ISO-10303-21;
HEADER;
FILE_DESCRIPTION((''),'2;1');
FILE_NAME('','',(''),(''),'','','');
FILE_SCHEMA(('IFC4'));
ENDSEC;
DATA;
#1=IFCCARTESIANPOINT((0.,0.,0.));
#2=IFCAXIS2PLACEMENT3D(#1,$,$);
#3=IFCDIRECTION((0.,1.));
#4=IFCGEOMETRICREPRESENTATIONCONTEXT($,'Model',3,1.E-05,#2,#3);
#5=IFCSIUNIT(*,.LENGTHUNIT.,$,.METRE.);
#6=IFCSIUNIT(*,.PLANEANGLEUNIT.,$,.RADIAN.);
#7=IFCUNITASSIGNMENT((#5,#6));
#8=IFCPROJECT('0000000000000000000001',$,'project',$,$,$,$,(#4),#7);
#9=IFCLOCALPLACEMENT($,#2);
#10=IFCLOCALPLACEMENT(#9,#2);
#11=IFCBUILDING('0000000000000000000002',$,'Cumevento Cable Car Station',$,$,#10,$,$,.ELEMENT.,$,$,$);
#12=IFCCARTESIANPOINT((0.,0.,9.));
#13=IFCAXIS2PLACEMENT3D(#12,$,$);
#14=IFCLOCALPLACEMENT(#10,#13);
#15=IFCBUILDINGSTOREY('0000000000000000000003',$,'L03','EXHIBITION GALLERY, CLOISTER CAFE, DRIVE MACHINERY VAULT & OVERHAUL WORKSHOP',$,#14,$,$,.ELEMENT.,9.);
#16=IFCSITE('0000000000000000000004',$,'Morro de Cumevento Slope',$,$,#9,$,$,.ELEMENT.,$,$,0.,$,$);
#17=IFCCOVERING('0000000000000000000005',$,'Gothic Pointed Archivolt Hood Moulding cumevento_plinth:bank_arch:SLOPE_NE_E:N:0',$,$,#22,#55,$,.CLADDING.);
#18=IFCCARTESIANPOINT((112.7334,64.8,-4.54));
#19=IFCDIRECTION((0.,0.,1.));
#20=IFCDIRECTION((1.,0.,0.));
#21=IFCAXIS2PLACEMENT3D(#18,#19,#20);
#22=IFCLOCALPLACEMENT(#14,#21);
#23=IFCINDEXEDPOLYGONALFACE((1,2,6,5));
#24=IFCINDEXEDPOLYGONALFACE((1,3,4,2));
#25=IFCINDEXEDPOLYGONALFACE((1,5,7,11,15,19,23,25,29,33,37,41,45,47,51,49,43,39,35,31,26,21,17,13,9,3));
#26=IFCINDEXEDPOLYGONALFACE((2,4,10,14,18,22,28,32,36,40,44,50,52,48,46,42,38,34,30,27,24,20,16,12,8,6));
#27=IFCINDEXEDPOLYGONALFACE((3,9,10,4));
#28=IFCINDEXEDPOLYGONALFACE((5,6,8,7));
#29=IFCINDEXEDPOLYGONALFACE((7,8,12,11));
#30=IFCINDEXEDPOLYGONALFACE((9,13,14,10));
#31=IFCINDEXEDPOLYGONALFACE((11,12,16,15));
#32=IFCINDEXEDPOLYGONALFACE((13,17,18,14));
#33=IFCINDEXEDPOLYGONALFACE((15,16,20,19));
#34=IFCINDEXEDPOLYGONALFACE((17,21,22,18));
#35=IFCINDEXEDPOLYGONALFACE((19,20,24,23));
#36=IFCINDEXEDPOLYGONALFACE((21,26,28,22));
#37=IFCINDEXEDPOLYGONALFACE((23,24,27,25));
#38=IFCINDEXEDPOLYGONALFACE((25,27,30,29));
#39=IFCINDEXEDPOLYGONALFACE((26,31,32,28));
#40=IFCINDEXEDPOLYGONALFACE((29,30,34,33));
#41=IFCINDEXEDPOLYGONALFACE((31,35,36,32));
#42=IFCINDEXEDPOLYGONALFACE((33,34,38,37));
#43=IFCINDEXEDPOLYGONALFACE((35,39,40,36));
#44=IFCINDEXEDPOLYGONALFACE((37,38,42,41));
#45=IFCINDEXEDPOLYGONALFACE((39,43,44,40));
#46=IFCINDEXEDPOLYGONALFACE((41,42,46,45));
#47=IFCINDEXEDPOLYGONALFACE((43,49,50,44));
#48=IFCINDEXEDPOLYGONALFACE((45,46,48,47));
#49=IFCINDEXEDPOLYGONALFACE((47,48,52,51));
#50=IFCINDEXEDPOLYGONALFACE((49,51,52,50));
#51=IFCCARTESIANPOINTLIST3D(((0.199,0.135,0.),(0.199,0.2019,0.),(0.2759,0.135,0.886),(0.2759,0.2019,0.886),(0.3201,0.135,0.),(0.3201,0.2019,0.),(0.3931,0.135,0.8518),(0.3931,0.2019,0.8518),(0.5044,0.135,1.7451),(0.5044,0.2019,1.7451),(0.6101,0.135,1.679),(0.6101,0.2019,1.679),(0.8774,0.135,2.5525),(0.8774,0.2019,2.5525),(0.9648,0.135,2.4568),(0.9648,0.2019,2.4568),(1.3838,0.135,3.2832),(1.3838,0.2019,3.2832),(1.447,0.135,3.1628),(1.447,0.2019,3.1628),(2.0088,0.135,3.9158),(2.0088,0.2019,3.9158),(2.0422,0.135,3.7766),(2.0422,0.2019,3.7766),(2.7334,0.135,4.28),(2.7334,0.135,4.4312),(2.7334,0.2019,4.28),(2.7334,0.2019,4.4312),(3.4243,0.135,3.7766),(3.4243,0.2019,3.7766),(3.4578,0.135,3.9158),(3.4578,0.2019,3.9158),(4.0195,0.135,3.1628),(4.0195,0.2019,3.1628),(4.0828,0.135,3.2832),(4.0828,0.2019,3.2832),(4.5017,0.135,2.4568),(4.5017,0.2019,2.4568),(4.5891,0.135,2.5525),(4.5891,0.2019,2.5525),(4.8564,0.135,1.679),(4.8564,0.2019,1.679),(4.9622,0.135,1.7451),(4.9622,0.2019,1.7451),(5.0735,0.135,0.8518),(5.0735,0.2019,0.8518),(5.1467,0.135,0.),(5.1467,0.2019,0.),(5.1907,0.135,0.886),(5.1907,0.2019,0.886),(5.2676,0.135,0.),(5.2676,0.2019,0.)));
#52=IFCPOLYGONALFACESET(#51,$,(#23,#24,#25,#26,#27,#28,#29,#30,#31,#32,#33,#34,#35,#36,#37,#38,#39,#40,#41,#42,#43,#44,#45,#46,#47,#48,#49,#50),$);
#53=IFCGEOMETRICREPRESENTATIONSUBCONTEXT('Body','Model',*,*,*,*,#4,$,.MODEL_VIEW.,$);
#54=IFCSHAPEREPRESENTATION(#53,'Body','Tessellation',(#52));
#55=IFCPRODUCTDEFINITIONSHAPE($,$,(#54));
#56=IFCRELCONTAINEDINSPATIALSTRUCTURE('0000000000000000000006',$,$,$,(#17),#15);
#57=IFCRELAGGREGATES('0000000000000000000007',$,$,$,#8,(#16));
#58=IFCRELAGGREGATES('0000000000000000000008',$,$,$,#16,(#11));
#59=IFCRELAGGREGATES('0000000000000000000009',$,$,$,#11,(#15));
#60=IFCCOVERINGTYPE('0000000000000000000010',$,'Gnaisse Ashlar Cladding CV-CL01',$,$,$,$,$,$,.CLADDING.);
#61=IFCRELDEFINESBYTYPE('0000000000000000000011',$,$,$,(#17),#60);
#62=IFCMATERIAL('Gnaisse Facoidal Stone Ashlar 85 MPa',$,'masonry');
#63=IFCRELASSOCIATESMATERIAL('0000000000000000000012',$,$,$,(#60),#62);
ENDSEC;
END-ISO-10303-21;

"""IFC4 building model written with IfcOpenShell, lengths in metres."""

from ifc_helpers import new_model, si_unit, direction, frame, origin, place, context, subcontext, project, spatial, polyline, outline, extrude, material, type_object, element, save


model = new_model("IFC4")

# Units and contexts
model_context = context("Model", 3, precision=1e-05, world=origin(), true_north=direction((0.0, 1.0)))
body_context = subcontext(model_context, "Body", "Model", "MODEL_VIEW")
ifc_project = project(units=[si_unit("LENGTHUNIT", "METRE"), si_unit("PLANEANGLEUNIT", "RADIAN")], contexts=[model_context])

# Site, building, storey
site_placement = place(None, origin())
site = spatial("IfcSite", under=ifc_project, at=site_placement, Name="Morro de Cumevento Slope", CompositionType="ELEMENT", RefElevation=0.0)
building_placement = place(site_placement, origin())
building = spatial("IfcBuilding", under=site, at=building_placement, Name="Cumevento Cable Car Station", CompositionType="ELEMENT")
storey_placement = place(building_placement, frame((0.0, 0.0, 9.0)))
storey = spatial("IfcBuildingStorey", under=building, at=storey_placement, Name="L03", Description="EXHIBITION GALLERY, CLOISTER CAFE, DRIVE MACHINERY VAULT & OVERHAUL WORKSHOP", CompositionType="ELEMENT", Elevation=9.0)

# Covering
ifc_material_1 = material(Name="Gnaisse Facoidal Stone Ashlar 85 MPa", Category="masonry")
covering_type = type_object("IfcCoveringType", Name="Gnaisse Ashlar Cladding CV-CL01", PredefinedType="CLADDING", material=ifc_material_1)
covering_1_placement = place(storey_placement, frame((112.7334, 64.8, -4.54), z_axis=(0.0, 0.0, 1.0), x_axis=(1.0, 0.0, 0.0)))
element("IfcCovering", 1, at=covering_1_placement, inside=storey, type_object=covering_type, Name="Gothic Pointed Archivolt Hood Moulding cumevento_plinth:bank_arch:SLOPE_NE_E:N:0", PredefinedType="CLADDING", context=body_context, shape_type="SweptSolid", body=[
    extrude(outline(polyline([(0.3201, 0.0), (0.3931, 0.8518), (0.6101, 1.679), (0.9648, 2.4568), (1.447, 3.1628), (2.0422, 3.7766), (2.7334, 4.28), (3.4243, 3.7766), (4.0195, 3.1628), (4.5017, 2.4568), (4.8564, 1.679), (5.0735, 0.8518), (5.1467, 0.0), (5.2676, 0.0), (5.1907, 0.886), (4.9622, 1.7451), (4.5891, 2.5525), (4.0828, 3.2832), (3.4578, 3.9158), (2.7334, 4.4312), (2.0088, 3.9158), (1.3838, 3.2832), (0.8774, 2.5525), (0.5044, 1.7451), (0.2759, 0.886), (0.199, 0.0), (0.3201, 0.0)])), frame((0.0, 0.2019, 0.0), z_axis=(0.0, -1.0, 0.0), x_axis=(1.0, 0.0, 0.0)), (0.0, 0.0, 1.0), 0.0669),
])

save(model, "model.ifc")
